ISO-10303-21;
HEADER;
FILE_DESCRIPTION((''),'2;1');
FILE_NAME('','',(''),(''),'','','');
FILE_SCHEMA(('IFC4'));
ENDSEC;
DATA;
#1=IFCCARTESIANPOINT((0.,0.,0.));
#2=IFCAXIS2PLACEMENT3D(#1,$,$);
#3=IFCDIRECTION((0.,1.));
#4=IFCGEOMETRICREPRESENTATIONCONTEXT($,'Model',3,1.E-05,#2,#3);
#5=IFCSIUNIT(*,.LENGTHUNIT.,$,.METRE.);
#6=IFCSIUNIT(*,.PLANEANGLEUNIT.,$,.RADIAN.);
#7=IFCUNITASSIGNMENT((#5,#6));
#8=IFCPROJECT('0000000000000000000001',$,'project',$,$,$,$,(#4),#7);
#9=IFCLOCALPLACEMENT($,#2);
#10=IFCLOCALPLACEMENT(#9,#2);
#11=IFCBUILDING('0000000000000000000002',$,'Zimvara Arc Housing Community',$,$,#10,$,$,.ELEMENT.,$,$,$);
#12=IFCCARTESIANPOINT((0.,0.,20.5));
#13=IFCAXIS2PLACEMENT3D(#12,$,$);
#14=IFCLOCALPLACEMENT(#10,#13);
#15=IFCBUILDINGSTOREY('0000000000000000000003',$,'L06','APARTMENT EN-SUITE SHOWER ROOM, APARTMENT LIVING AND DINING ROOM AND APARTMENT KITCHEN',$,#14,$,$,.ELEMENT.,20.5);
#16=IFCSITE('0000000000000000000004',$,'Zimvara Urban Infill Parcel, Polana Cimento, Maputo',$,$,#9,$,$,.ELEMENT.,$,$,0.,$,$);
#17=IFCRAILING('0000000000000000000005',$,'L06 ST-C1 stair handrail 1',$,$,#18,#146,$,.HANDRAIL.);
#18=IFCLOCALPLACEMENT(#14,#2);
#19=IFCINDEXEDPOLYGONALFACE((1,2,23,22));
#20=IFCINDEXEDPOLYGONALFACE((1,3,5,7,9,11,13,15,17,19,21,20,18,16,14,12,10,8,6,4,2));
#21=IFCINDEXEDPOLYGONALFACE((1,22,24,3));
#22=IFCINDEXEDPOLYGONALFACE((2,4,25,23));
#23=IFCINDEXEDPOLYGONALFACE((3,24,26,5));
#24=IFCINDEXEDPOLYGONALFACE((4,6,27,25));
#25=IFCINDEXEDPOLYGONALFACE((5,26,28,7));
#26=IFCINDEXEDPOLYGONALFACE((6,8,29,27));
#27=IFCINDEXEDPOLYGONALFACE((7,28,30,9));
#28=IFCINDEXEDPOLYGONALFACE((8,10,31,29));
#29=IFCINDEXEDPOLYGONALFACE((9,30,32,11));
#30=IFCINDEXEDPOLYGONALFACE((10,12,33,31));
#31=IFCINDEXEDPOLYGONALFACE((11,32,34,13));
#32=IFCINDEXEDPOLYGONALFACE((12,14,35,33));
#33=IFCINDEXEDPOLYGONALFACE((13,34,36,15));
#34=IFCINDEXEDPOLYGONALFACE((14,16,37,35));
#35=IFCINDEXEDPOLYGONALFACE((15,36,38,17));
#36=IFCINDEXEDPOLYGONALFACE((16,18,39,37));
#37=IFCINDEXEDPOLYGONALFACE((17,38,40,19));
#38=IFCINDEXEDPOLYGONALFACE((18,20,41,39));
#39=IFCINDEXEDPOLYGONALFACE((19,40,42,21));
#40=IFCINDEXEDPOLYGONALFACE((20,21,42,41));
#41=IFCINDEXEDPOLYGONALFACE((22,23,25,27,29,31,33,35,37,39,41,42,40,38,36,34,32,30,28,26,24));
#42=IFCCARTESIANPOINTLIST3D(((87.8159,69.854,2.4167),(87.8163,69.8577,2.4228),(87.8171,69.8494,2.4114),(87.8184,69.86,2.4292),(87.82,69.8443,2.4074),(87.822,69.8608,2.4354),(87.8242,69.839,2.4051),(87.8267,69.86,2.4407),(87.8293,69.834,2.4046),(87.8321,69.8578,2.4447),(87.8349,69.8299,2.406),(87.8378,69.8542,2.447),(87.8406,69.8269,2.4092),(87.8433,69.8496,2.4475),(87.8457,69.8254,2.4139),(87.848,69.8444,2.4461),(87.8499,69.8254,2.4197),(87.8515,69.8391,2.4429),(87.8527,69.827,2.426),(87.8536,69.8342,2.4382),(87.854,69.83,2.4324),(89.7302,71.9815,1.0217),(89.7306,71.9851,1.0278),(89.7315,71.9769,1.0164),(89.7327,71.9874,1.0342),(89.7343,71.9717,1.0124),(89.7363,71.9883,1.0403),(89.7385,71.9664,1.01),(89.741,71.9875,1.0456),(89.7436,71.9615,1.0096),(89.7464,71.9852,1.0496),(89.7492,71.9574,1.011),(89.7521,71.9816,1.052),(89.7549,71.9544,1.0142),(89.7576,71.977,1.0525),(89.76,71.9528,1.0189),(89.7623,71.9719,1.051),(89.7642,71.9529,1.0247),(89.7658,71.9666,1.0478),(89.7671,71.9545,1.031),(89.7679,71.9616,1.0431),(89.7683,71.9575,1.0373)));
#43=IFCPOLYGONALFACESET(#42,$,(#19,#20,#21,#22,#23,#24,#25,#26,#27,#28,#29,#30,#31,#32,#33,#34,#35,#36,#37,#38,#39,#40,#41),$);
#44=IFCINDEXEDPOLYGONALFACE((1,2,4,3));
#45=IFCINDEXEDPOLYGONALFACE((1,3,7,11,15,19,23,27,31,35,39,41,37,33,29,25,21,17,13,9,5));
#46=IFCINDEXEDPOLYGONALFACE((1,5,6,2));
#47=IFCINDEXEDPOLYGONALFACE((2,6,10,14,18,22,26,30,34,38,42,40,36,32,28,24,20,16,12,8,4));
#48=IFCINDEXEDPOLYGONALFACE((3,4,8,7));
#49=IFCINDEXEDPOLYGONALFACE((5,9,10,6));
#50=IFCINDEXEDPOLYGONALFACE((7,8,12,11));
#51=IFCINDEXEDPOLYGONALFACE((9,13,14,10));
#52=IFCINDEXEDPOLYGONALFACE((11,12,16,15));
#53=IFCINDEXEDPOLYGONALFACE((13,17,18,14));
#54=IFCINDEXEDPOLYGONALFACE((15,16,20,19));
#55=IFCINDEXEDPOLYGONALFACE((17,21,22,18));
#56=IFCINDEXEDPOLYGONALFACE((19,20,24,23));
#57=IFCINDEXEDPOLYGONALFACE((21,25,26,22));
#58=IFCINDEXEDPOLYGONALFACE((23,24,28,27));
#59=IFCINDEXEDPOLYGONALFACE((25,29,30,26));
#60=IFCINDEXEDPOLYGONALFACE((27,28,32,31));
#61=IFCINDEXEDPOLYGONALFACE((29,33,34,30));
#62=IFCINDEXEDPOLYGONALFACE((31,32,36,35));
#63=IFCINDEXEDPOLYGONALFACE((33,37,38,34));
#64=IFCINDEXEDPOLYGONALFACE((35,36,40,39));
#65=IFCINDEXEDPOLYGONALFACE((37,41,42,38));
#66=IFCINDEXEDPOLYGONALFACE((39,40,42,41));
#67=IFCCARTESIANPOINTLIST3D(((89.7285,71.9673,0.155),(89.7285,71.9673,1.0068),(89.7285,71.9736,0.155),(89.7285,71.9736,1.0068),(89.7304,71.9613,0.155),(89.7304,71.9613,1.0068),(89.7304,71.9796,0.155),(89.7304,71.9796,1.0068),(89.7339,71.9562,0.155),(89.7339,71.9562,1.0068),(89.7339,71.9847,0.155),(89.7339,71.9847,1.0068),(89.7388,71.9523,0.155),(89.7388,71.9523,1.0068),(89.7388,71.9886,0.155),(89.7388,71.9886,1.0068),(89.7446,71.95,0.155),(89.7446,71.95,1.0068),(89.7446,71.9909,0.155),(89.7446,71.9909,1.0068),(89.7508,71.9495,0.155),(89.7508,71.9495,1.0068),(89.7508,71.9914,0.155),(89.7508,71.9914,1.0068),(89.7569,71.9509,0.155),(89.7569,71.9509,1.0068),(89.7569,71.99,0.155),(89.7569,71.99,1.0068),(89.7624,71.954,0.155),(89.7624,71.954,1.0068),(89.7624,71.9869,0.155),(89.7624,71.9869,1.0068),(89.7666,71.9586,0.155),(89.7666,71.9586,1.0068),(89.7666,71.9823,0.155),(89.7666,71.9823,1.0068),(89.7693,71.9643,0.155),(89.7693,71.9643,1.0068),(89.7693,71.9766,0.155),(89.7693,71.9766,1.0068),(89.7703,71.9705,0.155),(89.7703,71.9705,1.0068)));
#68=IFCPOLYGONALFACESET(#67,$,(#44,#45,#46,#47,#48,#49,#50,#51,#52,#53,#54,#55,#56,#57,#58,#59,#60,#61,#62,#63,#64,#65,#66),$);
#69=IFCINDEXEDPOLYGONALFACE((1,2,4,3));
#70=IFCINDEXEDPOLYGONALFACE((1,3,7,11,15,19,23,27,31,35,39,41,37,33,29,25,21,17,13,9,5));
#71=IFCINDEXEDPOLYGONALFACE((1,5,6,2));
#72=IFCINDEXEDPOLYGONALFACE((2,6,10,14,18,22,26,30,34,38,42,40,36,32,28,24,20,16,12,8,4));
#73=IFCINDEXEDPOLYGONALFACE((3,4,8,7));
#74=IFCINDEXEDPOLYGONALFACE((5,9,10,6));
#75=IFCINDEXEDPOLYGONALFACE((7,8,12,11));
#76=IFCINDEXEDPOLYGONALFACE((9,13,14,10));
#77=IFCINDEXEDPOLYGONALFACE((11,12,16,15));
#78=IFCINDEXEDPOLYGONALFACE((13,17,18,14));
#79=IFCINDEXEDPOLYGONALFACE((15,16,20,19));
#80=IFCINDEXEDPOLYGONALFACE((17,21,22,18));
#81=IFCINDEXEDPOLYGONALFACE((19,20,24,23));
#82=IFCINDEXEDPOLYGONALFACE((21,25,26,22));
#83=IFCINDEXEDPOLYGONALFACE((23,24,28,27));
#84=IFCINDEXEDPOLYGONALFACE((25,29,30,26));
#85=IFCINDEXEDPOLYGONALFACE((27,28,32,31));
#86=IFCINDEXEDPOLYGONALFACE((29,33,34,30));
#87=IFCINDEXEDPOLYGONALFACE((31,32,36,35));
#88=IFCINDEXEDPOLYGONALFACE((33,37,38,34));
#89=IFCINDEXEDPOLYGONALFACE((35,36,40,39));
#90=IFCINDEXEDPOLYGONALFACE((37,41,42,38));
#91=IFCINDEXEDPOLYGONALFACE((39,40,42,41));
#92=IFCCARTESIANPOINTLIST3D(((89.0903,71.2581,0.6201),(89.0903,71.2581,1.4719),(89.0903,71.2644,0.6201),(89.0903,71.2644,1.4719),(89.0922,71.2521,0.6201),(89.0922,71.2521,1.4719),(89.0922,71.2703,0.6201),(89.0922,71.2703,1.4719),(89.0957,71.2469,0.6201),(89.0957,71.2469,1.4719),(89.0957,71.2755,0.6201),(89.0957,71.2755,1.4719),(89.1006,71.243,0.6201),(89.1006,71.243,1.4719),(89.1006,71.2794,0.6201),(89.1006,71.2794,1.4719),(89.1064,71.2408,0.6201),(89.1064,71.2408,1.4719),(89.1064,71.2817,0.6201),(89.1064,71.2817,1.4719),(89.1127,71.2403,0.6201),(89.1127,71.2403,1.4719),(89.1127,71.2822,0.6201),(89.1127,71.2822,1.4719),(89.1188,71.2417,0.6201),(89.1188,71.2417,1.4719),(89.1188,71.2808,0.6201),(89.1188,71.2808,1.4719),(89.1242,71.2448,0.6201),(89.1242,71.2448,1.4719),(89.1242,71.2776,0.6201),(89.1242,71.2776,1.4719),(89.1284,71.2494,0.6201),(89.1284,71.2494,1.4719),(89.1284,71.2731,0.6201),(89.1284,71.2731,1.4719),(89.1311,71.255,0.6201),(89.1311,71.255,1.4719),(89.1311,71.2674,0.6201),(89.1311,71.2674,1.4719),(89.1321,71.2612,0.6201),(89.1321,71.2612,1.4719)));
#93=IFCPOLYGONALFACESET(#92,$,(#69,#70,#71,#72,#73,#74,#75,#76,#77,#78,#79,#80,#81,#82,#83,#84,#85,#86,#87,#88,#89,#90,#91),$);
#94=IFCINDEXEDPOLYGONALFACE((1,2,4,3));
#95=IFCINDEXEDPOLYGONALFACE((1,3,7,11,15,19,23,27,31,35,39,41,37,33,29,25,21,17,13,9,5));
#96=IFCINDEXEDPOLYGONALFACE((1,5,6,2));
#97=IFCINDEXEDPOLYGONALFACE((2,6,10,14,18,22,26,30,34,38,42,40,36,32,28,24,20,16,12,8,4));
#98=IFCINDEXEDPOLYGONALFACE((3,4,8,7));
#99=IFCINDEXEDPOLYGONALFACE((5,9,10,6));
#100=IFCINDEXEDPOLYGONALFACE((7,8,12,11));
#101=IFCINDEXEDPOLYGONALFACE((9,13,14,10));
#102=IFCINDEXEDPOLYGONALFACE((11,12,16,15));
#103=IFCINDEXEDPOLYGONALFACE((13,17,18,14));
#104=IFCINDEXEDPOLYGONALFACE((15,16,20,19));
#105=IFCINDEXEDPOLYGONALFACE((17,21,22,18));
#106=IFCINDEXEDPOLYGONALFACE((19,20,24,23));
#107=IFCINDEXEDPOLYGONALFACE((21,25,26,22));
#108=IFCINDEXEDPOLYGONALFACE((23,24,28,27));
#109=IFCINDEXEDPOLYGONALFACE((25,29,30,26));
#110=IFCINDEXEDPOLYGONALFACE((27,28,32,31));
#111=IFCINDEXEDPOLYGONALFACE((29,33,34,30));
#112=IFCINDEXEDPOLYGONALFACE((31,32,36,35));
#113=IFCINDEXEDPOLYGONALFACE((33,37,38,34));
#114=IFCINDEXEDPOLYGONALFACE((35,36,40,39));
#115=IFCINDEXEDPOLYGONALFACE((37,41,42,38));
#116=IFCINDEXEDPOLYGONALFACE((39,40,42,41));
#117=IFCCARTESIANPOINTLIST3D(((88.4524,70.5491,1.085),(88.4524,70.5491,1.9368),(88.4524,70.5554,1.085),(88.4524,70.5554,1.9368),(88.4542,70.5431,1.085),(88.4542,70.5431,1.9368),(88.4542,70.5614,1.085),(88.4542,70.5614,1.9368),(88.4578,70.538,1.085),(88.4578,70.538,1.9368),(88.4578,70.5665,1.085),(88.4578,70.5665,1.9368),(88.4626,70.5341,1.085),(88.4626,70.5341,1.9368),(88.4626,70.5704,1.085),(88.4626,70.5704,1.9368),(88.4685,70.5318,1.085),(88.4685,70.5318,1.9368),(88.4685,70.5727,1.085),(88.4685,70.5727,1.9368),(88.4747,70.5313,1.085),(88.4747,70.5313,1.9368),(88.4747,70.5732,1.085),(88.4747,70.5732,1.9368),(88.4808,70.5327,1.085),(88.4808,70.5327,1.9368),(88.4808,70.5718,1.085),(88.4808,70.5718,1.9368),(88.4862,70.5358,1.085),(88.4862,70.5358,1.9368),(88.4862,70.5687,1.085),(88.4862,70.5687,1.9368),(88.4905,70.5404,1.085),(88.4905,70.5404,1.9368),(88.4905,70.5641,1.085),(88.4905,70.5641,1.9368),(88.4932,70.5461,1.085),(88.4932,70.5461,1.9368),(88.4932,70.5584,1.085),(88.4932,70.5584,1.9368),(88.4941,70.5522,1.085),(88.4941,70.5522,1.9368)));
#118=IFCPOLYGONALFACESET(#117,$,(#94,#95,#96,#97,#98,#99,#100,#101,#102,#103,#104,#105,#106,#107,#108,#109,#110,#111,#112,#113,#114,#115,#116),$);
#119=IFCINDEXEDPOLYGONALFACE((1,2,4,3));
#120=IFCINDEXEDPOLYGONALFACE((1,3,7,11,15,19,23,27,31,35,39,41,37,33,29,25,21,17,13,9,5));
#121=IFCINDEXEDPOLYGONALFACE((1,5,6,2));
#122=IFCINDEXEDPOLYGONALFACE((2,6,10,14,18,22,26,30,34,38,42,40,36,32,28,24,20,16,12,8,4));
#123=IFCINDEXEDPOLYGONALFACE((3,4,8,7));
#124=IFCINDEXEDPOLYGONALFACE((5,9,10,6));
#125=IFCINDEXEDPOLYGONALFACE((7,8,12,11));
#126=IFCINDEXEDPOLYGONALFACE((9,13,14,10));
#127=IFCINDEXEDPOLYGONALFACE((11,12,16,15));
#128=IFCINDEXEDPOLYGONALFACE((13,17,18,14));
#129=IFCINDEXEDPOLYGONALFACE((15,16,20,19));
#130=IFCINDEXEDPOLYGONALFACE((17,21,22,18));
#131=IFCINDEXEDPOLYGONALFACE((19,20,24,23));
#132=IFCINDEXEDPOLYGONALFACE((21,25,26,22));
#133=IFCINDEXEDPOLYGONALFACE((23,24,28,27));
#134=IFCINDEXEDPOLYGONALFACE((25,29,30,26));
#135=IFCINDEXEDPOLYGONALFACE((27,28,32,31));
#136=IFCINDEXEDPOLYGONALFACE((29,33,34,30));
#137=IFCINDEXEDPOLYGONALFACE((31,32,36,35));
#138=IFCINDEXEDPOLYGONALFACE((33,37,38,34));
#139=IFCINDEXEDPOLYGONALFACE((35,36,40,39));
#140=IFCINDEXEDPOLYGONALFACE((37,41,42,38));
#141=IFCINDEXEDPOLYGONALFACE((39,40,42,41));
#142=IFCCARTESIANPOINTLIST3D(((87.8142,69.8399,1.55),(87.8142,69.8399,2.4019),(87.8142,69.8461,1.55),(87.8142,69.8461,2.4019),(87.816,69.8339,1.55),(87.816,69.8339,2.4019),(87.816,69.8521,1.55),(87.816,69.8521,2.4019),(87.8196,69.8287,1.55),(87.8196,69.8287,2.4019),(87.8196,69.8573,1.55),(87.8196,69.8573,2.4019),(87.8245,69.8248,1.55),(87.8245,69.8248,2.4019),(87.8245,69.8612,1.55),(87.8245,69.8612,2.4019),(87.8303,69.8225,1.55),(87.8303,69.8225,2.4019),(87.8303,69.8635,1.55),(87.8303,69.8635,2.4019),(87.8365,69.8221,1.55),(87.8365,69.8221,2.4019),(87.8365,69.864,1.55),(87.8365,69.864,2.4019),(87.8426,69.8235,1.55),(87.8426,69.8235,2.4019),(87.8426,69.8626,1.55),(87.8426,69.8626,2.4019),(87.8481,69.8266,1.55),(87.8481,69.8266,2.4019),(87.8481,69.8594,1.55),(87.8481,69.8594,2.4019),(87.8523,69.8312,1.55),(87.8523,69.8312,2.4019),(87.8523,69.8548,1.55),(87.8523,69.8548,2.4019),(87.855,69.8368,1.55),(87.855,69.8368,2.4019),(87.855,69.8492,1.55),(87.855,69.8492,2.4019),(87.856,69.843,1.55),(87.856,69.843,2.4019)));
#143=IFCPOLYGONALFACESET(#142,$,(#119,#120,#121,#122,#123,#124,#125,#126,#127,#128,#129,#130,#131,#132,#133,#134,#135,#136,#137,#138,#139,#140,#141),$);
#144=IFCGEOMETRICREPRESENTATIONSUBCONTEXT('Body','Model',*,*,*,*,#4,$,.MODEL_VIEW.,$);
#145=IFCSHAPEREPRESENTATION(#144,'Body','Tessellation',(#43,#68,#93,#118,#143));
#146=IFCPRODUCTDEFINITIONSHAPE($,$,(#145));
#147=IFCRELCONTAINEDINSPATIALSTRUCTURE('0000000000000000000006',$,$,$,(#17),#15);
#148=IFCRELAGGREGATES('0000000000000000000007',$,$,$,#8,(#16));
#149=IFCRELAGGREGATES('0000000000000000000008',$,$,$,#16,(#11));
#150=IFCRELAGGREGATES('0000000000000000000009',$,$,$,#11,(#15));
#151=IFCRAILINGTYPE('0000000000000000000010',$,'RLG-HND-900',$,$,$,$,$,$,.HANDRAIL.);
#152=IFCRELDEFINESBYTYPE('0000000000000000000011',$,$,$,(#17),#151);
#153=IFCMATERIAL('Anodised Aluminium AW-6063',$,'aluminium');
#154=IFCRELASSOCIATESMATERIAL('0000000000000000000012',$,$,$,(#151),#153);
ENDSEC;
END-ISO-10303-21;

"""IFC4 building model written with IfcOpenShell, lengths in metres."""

from ifc_helpers import new_model, si_unit, direction, frame, origin, origin_2d, place, context, subcontext, project, spatial, circle, extrude, material, type_object, element, save


model = new_model("IFC4")

# Units and contexts
model_context = context("Model", 3, precision=1e-05, world=origin(), true_north=direction((0.0, 1.0)))
body_context = subcontext(model_context, "Body", "Model", "MODEL_VIEW")
ifc_project = project(units=[si_unit("LENGTHUNIT", "METRE"), si_unit("PLANEANGLEUNIT", "RADIAN")], contexts=[model_context])

# Site, building, storey
site_placement = place(None, origin())
site = spatial("IfcSite", under=ifc_project, at=site_placement, Name="Zimvara Urban Infill Parcel, Polana Cimento, Maputo", CompositionType="ELEMENT", RefElevation=0.0)
building_placement = place(site_placement, origin())
building = spatial("IfcBuilding", under=site, at=building_placement, Name="Zimvara Arc Housing Community", CompositionType="ELEMENT")
storey_placement = place(building_placement, frame((0.0, 0.0, 20.5)))
storey = spatial("IfcBuildingStorey", under=building, at=storey_placement, Name="L06", Description="APARTMENT EN-SUITE SHOWER ROOM, APARTMENT LIVING AND DINING ROOM AND APARTMENT KITCHEN", CompositionType="ELEMENT", Elevation=20.5)

# Railing
ifc_material_1 = material(Name="Anodised Aluminium AW-6063", Category="aluminium")
railing_type_1 = type_object("IfcRailingType", Name="RLG-HND-900", PredefinedType="HANDRAIL", material=ifc_material_1)
railing_1_placement = place(storey_placement, frame((89.7493, 71.9705, 0.155)))
element("IfcRailing", 1, at=railing_1_placement, inside=storey, type_object=railing_type_1, Name="L06 ST-C1 stair handrail 1", PredefinedType="HANDRAIL", context=body_context, shape_type="SweptSolid", body=[
    extrude(circle(Radius=0.0239, at=origin_2d()), frame((0.0, 0.0, 0.876), z_axis=(-0.601263, -0.668206, 0.43816), x_axis=(0.743362, -0.668889, 0.0)), (0.0, 0.0, 1.0), 3.1838),
    extrude(circle(Radius=0.021, at=origin_2d()), origin(), (0.0, 0.0, 1.0), 0.8518),
    extrude(circle(Radius=0.021, at=origin_2d()), frame((-0.6382, -0.7092, 0.4651)), (0.0, 0.0, 1.0), 0.8518),
    extrude(circle(Radius=0.021, at=origin_2d()), frame((-1.2761, -1.4182, 0.9299)), (0.0, 0.0, 1.0), 0.8518),
    extrude(circle(Radius=0.021, at=origin_2d()), frame((-1.9143, -2.1274, 1.395)), (0.0, 0.0, 1.0), 0.8518),
])

save(model, "model.ifc")
